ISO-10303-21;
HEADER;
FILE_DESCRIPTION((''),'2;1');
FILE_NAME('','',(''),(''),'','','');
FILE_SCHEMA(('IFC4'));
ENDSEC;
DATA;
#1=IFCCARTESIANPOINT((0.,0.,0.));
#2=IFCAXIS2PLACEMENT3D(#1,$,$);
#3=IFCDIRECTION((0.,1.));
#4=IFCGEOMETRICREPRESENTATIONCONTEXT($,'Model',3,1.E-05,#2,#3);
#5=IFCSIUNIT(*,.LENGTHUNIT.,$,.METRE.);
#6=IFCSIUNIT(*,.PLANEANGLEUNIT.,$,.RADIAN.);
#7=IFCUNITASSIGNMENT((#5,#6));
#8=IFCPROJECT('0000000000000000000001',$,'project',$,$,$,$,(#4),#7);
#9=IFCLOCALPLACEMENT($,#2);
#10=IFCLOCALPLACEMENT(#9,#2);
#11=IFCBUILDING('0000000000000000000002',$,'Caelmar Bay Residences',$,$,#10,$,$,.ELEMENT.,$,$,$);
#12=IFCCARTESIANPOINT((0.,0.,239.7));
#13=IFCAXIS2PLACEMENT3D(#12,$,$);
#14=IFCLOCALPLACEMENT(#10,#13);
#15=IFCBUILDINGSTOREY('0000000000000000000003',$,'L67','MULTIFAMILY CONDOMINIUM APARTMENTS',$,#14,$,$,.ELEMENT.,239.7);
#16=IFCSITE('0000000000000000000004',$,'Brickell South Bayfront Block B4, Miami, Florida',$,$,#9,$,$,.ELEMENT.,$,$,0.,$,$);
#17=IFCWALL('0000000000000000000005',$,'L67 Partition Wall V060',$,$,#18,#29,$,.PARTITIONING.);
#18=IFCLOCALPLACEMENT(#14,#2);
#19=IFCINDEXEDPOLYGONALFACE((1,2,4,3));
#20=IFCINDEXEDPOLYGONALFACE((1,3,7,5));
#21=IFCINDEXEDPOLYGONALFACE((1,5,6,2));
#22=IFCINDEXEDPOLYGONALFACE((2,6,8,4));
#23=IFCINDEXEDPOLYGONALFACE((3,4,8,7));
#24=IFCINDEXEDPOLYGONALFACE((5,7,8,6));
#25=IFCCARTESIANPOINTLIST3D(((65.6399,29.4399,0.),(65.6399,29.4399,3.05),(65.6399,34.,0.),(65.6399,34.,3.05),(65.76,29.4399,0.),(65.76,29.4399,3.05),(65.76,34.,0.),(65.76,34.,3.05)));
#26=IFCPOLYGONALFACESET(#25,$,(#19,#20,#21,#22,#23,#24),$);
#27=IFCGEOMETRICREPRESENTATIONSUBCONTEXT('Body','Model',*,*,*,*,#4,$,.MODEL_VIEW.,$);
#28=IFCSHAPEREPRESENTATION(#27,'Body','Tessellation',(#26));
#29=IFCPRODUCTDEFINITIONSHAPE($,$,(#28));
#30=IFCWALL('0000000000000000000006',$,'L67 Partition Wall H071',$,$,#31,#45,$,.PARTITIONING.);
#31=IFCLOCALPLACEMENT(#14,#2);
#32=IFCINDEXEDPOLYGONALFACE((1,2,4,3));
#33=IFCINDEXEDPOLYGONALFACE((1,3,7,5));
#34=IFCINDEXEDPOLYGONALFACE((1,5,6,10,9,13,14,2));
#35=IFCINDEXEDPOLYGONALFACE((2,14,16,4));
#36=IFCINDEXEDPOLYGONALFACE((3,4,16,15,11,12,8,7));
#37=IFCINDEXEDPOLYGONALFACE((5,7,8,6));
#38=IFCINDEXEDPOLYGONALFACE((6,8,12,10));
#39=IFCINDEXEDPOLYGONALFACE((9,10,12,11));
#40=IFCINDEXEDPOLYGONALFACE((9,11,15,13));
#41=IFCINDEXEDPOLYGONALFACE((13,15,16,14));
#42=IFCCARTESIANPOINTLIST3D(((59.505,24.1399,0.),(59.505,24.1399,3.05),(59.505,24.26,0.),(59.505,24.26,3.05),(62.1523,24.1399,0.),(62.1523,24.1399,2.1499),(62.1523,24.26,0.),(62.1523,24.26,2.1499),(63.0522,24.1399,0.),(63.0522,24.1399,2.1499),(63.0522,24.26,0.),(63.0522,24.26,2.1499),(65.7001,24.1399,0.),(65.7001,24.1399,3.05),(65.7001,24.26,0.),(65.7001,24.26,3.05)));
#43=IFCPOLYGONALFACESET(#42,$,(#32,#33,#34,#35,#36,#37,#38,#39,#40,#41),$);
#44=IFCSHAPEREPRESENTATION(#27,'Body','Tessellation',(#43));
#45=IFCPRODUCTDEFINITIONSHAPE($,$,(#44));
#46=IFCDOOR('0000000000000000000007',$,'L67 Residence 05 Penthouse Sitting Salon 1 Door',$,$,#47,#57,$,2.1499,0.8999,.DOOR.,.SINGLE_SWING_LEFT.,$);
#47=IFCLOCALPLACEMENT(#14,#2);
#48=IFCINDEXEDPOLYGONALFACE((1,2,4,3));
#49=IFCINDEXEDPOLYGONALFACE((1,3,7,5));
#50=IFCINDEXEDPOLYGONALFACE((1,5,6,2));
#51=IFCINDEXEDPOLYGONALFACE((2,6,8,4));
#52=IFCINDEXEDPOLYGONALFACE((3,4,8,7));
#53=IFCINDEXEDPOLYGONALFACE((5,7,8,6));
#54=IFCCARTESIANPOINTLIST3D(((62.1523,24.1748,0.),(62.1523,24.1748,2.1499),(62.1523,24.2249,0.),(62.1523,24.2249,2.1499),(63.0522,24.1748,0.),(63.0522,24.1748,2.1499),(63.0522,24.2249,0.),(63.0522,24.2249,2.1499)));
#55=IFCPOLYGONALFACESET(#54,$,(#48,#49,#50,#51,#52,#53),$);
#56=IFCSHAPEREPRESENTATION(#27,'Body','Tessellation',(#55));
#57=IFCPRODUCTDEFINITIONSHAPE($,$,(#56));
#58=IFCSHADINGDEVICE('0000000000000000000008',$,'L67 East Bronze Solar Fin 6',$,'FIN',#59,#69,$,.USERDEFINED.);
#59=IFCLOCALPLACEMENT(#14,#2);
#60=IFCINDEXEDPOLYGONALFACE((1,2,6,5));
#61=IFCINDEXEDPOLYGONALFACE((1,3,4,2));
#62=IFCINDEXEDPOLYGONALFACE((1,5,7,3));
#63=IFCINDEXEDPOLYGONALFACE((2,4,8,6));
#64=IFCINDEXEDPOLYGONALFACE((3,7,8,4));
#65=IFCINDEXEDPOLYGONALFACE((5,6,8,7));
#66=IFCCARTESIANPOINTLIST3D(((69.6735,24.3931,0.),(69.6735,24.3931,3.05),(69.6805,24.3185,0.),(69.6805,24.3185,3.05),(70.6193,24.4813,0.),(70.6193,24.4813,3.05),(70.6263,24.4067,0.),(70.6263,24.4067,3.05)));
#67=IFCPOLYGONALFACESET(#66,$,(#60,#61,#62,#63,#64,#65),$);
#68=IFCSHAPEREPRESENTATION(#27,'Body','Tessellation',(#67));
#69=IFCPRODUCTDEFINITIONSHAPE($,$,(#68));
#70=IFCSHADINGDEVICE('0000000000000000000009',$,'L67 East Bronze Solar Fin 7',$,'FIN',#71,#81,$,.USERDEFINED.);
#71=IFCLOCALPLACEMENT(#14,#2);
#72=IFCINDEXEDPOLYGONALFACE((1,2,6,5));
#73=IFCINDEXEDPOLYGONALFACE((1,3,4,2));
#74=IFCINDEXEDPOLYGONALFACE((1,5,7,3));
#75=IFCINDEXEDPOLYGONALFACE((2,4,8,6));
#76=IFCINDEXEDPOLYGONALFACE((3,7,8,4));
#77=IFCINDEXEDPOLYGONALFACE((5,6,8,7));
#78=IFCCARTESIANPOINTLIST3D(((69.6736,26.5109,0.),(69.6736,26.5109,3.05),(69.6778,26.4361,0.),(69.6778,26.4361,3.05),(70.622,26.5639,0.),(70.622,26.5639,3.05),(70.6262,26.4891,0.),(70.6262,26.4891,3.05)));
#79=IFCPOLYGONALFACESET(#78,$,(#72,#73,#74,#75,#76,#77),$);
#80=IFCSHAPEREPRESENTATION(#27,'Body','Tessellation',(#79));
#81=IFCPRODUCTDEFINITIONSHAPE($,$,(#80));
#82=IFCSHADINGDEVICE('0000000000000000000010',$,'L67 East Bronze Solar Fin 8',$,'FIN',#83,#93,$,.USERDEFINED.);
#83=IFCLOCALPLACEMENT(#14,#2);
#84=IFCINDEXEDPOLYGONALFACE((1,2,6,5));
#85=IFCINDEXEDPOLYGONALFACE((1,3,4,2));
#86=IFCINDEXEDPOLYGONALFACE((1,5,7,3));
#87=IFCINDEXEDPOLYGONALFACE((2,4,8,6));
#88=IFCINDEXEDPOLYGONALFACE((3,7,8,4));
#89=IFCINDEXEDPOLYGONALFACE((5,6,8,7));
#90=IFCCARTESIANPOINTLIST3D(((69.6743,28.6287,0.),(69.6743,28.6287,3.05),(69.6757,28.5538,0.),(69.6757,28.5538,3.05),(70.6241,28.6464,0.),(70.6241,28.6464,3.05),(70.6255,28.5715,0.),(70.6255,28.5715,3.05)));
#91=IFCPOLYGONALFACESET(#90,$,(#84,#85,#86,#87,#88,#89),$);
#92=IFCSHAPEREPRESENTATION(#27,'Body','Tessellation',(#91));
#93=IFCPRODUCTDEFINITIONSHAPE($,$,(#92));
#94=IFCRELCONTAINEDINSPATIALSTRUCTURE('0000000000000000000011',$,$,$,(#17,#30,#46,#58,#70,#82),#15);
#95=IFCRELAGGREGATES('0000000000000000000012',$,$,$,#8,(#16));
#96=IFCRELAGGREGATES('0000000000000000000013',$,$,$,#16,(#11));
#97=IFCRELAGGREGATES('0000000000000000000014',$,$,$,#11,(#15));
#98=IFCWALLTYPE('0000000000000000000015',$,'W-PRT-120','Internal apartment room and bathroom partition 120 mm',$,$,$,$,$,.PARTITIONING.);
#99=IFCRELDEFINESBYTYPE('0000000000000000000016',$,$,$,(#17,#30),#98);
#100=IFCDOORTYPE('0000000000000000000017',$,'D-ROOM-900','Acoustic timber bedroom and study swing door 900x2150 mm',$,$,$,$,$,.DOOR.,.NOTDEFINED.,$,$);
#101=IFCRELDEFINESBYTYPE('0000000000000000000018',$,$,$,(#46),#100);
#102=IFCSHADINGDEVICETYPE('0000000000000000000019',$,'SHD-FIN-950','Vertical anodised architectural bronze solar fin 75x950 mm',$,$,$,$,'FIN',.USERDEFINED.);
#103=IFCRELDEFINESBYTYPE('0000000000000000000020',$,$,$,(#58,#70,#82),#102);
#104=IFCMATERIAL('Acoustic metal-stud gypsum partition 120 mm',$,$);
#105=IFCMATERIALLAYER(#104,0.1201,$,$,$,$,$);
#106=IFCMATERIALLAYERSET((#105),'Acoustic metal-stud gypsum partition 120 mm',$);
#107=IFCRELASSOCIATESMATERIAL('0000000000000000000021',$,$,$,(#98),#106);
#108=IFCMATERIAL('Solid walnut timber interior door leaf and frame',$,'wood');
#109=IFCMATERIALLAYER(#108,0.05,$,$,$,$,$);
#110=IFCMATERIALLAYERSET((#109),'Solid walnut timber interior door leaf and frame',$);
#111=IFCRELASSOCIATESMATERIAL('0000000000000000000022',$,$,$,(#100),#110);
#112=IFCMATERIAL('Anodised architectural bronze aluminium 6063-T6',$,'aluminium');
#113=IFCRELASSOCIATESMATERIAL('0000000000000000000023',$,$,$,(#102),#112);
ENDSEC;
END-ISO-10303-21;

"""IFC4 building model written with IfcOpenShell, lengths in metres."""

from ifc_helpers import new_model, si_unit, direction, frame, frame_2d, origin, origin_2d, place, context, subcontext, project, spatial, rectangle, extrude, material, layer, layer_set, material_profile, profile_set, type_object, element, fill, save


model = new_model("IFC4")

# Units and contexts
model_context = context("Model", 3, precision=1e-05, world=origin(), true_north=direction((0.0, 1.0)))
body_context = subcontext(model_context, "Body", "Model", "MODEL_VIEW")
ifc_project = project(units=[si_unit("LENGTHUNIT", "METRE"), si_unit("PLANEANGLEUNIT", "RADIAN")], contexts=[model_context])

# Site, building, storey
site_placement = place(None, origin())
site = spatial("IfcSite", under=ifc_project, at=site_placement, Name="Brickell South Bayfront Block B4, Miami, Florida", CompositionType="ELEMENT", RefElevation=0.0)
building_placement = place(site_placement, origin())
building = spatial("IfcBuilding", under=site, at=building_placement, Name="Caelmar Bay Residences", CompositionType="ELEMENT")
storey_placement = place(building_placement, frame((0.0, 0.0, 239.7)))
storey = spatial("IfcBuildingStorey", under=building, at=storey_placement, Name="L67", Description="MULTIFAMILY CONDOMINIUM APARTMENTS", CompositionType="ELEMENT", Elevation=239.7)

# Shared definitions
ifc_material_1 = material(Name="Acoustic metal-stud gypsum partition 120 mm")
ifc_layer_1 = layer(ifc_material_1, 0.1201)
ifc_layer_set_1 = layer_set([ifc_layer_1], Name="Acoustic metal-stud gypsum partition 120 mm")
wall_type = type_object("IfcWallType", Name="W-PRT-120", Description="Internal apartment room and bathroom partition 120 mm", PredefinedType="PARTITIONING", material=ifc_layer_set_1)

# Shared definitions
ifc_material_2 = material(Name="Solid walnut timber interior door leaf and frame", Category="wood")

# Wall
wall_1_placement = place(storey_placement, frame((65.7, 29.4399, 0.0), z_axis=(0.0, 0.0, 1.0), x_axis=(0.0, 1.0, 0.0)))
element("IfcWall", 1, at=wall_1_placement, inside=storey, type_object=wall_type, Name="L67 Partition Wall V060", PredefinedType="PARTITIONING", context=body_context, shape_type="SweptSolid", body=[
    extrude(rectangle(XDim=4.5601, YDim=0.1201, at=frame_2d((2.28, 0.0))), origin(), (0.0, 0.0, 1.0), 3.05),
])

# Wall, opening, door
wall_2_placement = place(storey_placement, frame((59.5049, 24.2, 0.0), z_axis=(0.0, 0.0, 1.0), x_axis=(1.0, 0.0, 0.0)))
wall_2 = element("IfcWall", 2, at=wall_2_placement, inside=storey, type_object=wall_type, Name="L67 Partition Wall H071", PredefinedType="PARTITIONING", context=body_context, shape_type="SweptSolid", body=[
    extrude(rectangle(XDim=6.1951, YDim=0.1201, at=frame_2d((3.0977, 0.0))), origin(), (0.0, 0.0, 1.0), 3.05),
])
opening_1_placement = place(wall_2_placement, frame((2.6475, 0.0, 0.0)))
opening_1 = element("IfcOpeningElement", 3, at=opening_1_placement, cuts=wall_2, PredefinedType="OPENING", context=body_context, shape_type="SweptSolid", body=[
    extrude(rectangle(XDim=0.8999, YDim=2.1499, at=frame_2d((0.45, 1.075))), frame((0.0, 0.0701, 0.0), z_axis=(0.0, -1.0, 0.0), x_axis=(1.0, 0.0, 0.0)), (0.0, 0.0, 1.0), 0.1401),
])
ifc_layer_2 = layer(ifc_material_2, 0.05)
ifc_layer_set_2 = layer_set([ifc_layer_2], Name="Solid walnut timber interior door leaf and frame")
door_type_1 = type_object("IfcDoorType", Name="D-ROOM-900", Description="Acoustic timber bedroom and study swing door 900x2150 mm", OperationType="NOTDEFINED", PredefinedType="DOOR", material=ifc_layer_set_2)
door_1_placement = place(opening_1_placement, origin())
door_1 = element("IfcDoor", 4, at=door_1_placement, inside=storey, type_object=door_type_1, Name="L67 Residence 05 Penthouse Sitting Salon 1 Door", OperationType="SINGLE_SWING_LEFT", OverallHeight=2.1499, OverallWidth=0.8999, PredefinedType="DOOR", context=body_context, shape_type="SweptSolid", body=[
    extrude(rectangle(XDim=0.8999, YDim=2.1499, at=frame_2d((0.45, 1.075))), frame((0.0, 0.0249, 0.0), z_axis=(0.0, -1.0, 0.0), x_axis=(1.0, 0.0, 0.0)), (0.0, 0.0, 1.0), 0.05),
])
fill(opening_1, door_1)

# Shading devices
ifc_material_3 = material(Name="Anodised architectural bronze aluminium 6063-T6", Category="aluminium")
ifc_material_profile_1 = material_profile(ifc_material_3, rectangle(XDim=0.075, YDim=0.95, at=origin_2d()), Name="BRONZE-FIN-75X950")
ifc_profile_set_1 = profile_set([ifc_material_profile_1], Name="Anodised architectural bronze aluminium 6063-T6")
shading_device_type = type_object("IfcShadingDeviceType", Name="SHD-FIN-950", Description="Vertical anodised architectural bronze solar fin 75x950 mm", ElementType="FIN", PredefinedType="USERDEFINED", material=ifc_profile_set_1)
for number, where, z_axis, x_axis, name in (
    (5, (70.1499, 24.3999, 0.0), (0.0, 0.0, 1.0), (-0.092892, 0.995676, 0.0), "L67 East Bronze Solar Fin 6"),
    (6, (70.1499, 26.5, 0.0), (0.0, 0.0, 1.0), (-0.055822, 0.998441, 0.0), "L67 East Bronze Solar Fin 7"),
    (7, (70.1499, 28.6001, 0.0), (0.0, 0.0, 1.0), (-0.018674, 0.999826, 0.0), "L67 East Bronze Solar Fin 8"),
):
    element("IfcShadingDevice", number, at=place(storey_placement, frame(where, z_axis=z_axis, x_axis=x_axis)), inside=storey, type_object=shading_device_type, Name=name, ObjectType="FIN", PredefinedType="USERDEFINED", context=body_context, shape_type="SweptSolid", body=[
        extrude(rectangle(XDim=0.075, YDim=0.95, at=origin_2d()), origin(), (0.0, 0.0, 1.0), 3.05),
    ])

save(model, "model.ifc")
